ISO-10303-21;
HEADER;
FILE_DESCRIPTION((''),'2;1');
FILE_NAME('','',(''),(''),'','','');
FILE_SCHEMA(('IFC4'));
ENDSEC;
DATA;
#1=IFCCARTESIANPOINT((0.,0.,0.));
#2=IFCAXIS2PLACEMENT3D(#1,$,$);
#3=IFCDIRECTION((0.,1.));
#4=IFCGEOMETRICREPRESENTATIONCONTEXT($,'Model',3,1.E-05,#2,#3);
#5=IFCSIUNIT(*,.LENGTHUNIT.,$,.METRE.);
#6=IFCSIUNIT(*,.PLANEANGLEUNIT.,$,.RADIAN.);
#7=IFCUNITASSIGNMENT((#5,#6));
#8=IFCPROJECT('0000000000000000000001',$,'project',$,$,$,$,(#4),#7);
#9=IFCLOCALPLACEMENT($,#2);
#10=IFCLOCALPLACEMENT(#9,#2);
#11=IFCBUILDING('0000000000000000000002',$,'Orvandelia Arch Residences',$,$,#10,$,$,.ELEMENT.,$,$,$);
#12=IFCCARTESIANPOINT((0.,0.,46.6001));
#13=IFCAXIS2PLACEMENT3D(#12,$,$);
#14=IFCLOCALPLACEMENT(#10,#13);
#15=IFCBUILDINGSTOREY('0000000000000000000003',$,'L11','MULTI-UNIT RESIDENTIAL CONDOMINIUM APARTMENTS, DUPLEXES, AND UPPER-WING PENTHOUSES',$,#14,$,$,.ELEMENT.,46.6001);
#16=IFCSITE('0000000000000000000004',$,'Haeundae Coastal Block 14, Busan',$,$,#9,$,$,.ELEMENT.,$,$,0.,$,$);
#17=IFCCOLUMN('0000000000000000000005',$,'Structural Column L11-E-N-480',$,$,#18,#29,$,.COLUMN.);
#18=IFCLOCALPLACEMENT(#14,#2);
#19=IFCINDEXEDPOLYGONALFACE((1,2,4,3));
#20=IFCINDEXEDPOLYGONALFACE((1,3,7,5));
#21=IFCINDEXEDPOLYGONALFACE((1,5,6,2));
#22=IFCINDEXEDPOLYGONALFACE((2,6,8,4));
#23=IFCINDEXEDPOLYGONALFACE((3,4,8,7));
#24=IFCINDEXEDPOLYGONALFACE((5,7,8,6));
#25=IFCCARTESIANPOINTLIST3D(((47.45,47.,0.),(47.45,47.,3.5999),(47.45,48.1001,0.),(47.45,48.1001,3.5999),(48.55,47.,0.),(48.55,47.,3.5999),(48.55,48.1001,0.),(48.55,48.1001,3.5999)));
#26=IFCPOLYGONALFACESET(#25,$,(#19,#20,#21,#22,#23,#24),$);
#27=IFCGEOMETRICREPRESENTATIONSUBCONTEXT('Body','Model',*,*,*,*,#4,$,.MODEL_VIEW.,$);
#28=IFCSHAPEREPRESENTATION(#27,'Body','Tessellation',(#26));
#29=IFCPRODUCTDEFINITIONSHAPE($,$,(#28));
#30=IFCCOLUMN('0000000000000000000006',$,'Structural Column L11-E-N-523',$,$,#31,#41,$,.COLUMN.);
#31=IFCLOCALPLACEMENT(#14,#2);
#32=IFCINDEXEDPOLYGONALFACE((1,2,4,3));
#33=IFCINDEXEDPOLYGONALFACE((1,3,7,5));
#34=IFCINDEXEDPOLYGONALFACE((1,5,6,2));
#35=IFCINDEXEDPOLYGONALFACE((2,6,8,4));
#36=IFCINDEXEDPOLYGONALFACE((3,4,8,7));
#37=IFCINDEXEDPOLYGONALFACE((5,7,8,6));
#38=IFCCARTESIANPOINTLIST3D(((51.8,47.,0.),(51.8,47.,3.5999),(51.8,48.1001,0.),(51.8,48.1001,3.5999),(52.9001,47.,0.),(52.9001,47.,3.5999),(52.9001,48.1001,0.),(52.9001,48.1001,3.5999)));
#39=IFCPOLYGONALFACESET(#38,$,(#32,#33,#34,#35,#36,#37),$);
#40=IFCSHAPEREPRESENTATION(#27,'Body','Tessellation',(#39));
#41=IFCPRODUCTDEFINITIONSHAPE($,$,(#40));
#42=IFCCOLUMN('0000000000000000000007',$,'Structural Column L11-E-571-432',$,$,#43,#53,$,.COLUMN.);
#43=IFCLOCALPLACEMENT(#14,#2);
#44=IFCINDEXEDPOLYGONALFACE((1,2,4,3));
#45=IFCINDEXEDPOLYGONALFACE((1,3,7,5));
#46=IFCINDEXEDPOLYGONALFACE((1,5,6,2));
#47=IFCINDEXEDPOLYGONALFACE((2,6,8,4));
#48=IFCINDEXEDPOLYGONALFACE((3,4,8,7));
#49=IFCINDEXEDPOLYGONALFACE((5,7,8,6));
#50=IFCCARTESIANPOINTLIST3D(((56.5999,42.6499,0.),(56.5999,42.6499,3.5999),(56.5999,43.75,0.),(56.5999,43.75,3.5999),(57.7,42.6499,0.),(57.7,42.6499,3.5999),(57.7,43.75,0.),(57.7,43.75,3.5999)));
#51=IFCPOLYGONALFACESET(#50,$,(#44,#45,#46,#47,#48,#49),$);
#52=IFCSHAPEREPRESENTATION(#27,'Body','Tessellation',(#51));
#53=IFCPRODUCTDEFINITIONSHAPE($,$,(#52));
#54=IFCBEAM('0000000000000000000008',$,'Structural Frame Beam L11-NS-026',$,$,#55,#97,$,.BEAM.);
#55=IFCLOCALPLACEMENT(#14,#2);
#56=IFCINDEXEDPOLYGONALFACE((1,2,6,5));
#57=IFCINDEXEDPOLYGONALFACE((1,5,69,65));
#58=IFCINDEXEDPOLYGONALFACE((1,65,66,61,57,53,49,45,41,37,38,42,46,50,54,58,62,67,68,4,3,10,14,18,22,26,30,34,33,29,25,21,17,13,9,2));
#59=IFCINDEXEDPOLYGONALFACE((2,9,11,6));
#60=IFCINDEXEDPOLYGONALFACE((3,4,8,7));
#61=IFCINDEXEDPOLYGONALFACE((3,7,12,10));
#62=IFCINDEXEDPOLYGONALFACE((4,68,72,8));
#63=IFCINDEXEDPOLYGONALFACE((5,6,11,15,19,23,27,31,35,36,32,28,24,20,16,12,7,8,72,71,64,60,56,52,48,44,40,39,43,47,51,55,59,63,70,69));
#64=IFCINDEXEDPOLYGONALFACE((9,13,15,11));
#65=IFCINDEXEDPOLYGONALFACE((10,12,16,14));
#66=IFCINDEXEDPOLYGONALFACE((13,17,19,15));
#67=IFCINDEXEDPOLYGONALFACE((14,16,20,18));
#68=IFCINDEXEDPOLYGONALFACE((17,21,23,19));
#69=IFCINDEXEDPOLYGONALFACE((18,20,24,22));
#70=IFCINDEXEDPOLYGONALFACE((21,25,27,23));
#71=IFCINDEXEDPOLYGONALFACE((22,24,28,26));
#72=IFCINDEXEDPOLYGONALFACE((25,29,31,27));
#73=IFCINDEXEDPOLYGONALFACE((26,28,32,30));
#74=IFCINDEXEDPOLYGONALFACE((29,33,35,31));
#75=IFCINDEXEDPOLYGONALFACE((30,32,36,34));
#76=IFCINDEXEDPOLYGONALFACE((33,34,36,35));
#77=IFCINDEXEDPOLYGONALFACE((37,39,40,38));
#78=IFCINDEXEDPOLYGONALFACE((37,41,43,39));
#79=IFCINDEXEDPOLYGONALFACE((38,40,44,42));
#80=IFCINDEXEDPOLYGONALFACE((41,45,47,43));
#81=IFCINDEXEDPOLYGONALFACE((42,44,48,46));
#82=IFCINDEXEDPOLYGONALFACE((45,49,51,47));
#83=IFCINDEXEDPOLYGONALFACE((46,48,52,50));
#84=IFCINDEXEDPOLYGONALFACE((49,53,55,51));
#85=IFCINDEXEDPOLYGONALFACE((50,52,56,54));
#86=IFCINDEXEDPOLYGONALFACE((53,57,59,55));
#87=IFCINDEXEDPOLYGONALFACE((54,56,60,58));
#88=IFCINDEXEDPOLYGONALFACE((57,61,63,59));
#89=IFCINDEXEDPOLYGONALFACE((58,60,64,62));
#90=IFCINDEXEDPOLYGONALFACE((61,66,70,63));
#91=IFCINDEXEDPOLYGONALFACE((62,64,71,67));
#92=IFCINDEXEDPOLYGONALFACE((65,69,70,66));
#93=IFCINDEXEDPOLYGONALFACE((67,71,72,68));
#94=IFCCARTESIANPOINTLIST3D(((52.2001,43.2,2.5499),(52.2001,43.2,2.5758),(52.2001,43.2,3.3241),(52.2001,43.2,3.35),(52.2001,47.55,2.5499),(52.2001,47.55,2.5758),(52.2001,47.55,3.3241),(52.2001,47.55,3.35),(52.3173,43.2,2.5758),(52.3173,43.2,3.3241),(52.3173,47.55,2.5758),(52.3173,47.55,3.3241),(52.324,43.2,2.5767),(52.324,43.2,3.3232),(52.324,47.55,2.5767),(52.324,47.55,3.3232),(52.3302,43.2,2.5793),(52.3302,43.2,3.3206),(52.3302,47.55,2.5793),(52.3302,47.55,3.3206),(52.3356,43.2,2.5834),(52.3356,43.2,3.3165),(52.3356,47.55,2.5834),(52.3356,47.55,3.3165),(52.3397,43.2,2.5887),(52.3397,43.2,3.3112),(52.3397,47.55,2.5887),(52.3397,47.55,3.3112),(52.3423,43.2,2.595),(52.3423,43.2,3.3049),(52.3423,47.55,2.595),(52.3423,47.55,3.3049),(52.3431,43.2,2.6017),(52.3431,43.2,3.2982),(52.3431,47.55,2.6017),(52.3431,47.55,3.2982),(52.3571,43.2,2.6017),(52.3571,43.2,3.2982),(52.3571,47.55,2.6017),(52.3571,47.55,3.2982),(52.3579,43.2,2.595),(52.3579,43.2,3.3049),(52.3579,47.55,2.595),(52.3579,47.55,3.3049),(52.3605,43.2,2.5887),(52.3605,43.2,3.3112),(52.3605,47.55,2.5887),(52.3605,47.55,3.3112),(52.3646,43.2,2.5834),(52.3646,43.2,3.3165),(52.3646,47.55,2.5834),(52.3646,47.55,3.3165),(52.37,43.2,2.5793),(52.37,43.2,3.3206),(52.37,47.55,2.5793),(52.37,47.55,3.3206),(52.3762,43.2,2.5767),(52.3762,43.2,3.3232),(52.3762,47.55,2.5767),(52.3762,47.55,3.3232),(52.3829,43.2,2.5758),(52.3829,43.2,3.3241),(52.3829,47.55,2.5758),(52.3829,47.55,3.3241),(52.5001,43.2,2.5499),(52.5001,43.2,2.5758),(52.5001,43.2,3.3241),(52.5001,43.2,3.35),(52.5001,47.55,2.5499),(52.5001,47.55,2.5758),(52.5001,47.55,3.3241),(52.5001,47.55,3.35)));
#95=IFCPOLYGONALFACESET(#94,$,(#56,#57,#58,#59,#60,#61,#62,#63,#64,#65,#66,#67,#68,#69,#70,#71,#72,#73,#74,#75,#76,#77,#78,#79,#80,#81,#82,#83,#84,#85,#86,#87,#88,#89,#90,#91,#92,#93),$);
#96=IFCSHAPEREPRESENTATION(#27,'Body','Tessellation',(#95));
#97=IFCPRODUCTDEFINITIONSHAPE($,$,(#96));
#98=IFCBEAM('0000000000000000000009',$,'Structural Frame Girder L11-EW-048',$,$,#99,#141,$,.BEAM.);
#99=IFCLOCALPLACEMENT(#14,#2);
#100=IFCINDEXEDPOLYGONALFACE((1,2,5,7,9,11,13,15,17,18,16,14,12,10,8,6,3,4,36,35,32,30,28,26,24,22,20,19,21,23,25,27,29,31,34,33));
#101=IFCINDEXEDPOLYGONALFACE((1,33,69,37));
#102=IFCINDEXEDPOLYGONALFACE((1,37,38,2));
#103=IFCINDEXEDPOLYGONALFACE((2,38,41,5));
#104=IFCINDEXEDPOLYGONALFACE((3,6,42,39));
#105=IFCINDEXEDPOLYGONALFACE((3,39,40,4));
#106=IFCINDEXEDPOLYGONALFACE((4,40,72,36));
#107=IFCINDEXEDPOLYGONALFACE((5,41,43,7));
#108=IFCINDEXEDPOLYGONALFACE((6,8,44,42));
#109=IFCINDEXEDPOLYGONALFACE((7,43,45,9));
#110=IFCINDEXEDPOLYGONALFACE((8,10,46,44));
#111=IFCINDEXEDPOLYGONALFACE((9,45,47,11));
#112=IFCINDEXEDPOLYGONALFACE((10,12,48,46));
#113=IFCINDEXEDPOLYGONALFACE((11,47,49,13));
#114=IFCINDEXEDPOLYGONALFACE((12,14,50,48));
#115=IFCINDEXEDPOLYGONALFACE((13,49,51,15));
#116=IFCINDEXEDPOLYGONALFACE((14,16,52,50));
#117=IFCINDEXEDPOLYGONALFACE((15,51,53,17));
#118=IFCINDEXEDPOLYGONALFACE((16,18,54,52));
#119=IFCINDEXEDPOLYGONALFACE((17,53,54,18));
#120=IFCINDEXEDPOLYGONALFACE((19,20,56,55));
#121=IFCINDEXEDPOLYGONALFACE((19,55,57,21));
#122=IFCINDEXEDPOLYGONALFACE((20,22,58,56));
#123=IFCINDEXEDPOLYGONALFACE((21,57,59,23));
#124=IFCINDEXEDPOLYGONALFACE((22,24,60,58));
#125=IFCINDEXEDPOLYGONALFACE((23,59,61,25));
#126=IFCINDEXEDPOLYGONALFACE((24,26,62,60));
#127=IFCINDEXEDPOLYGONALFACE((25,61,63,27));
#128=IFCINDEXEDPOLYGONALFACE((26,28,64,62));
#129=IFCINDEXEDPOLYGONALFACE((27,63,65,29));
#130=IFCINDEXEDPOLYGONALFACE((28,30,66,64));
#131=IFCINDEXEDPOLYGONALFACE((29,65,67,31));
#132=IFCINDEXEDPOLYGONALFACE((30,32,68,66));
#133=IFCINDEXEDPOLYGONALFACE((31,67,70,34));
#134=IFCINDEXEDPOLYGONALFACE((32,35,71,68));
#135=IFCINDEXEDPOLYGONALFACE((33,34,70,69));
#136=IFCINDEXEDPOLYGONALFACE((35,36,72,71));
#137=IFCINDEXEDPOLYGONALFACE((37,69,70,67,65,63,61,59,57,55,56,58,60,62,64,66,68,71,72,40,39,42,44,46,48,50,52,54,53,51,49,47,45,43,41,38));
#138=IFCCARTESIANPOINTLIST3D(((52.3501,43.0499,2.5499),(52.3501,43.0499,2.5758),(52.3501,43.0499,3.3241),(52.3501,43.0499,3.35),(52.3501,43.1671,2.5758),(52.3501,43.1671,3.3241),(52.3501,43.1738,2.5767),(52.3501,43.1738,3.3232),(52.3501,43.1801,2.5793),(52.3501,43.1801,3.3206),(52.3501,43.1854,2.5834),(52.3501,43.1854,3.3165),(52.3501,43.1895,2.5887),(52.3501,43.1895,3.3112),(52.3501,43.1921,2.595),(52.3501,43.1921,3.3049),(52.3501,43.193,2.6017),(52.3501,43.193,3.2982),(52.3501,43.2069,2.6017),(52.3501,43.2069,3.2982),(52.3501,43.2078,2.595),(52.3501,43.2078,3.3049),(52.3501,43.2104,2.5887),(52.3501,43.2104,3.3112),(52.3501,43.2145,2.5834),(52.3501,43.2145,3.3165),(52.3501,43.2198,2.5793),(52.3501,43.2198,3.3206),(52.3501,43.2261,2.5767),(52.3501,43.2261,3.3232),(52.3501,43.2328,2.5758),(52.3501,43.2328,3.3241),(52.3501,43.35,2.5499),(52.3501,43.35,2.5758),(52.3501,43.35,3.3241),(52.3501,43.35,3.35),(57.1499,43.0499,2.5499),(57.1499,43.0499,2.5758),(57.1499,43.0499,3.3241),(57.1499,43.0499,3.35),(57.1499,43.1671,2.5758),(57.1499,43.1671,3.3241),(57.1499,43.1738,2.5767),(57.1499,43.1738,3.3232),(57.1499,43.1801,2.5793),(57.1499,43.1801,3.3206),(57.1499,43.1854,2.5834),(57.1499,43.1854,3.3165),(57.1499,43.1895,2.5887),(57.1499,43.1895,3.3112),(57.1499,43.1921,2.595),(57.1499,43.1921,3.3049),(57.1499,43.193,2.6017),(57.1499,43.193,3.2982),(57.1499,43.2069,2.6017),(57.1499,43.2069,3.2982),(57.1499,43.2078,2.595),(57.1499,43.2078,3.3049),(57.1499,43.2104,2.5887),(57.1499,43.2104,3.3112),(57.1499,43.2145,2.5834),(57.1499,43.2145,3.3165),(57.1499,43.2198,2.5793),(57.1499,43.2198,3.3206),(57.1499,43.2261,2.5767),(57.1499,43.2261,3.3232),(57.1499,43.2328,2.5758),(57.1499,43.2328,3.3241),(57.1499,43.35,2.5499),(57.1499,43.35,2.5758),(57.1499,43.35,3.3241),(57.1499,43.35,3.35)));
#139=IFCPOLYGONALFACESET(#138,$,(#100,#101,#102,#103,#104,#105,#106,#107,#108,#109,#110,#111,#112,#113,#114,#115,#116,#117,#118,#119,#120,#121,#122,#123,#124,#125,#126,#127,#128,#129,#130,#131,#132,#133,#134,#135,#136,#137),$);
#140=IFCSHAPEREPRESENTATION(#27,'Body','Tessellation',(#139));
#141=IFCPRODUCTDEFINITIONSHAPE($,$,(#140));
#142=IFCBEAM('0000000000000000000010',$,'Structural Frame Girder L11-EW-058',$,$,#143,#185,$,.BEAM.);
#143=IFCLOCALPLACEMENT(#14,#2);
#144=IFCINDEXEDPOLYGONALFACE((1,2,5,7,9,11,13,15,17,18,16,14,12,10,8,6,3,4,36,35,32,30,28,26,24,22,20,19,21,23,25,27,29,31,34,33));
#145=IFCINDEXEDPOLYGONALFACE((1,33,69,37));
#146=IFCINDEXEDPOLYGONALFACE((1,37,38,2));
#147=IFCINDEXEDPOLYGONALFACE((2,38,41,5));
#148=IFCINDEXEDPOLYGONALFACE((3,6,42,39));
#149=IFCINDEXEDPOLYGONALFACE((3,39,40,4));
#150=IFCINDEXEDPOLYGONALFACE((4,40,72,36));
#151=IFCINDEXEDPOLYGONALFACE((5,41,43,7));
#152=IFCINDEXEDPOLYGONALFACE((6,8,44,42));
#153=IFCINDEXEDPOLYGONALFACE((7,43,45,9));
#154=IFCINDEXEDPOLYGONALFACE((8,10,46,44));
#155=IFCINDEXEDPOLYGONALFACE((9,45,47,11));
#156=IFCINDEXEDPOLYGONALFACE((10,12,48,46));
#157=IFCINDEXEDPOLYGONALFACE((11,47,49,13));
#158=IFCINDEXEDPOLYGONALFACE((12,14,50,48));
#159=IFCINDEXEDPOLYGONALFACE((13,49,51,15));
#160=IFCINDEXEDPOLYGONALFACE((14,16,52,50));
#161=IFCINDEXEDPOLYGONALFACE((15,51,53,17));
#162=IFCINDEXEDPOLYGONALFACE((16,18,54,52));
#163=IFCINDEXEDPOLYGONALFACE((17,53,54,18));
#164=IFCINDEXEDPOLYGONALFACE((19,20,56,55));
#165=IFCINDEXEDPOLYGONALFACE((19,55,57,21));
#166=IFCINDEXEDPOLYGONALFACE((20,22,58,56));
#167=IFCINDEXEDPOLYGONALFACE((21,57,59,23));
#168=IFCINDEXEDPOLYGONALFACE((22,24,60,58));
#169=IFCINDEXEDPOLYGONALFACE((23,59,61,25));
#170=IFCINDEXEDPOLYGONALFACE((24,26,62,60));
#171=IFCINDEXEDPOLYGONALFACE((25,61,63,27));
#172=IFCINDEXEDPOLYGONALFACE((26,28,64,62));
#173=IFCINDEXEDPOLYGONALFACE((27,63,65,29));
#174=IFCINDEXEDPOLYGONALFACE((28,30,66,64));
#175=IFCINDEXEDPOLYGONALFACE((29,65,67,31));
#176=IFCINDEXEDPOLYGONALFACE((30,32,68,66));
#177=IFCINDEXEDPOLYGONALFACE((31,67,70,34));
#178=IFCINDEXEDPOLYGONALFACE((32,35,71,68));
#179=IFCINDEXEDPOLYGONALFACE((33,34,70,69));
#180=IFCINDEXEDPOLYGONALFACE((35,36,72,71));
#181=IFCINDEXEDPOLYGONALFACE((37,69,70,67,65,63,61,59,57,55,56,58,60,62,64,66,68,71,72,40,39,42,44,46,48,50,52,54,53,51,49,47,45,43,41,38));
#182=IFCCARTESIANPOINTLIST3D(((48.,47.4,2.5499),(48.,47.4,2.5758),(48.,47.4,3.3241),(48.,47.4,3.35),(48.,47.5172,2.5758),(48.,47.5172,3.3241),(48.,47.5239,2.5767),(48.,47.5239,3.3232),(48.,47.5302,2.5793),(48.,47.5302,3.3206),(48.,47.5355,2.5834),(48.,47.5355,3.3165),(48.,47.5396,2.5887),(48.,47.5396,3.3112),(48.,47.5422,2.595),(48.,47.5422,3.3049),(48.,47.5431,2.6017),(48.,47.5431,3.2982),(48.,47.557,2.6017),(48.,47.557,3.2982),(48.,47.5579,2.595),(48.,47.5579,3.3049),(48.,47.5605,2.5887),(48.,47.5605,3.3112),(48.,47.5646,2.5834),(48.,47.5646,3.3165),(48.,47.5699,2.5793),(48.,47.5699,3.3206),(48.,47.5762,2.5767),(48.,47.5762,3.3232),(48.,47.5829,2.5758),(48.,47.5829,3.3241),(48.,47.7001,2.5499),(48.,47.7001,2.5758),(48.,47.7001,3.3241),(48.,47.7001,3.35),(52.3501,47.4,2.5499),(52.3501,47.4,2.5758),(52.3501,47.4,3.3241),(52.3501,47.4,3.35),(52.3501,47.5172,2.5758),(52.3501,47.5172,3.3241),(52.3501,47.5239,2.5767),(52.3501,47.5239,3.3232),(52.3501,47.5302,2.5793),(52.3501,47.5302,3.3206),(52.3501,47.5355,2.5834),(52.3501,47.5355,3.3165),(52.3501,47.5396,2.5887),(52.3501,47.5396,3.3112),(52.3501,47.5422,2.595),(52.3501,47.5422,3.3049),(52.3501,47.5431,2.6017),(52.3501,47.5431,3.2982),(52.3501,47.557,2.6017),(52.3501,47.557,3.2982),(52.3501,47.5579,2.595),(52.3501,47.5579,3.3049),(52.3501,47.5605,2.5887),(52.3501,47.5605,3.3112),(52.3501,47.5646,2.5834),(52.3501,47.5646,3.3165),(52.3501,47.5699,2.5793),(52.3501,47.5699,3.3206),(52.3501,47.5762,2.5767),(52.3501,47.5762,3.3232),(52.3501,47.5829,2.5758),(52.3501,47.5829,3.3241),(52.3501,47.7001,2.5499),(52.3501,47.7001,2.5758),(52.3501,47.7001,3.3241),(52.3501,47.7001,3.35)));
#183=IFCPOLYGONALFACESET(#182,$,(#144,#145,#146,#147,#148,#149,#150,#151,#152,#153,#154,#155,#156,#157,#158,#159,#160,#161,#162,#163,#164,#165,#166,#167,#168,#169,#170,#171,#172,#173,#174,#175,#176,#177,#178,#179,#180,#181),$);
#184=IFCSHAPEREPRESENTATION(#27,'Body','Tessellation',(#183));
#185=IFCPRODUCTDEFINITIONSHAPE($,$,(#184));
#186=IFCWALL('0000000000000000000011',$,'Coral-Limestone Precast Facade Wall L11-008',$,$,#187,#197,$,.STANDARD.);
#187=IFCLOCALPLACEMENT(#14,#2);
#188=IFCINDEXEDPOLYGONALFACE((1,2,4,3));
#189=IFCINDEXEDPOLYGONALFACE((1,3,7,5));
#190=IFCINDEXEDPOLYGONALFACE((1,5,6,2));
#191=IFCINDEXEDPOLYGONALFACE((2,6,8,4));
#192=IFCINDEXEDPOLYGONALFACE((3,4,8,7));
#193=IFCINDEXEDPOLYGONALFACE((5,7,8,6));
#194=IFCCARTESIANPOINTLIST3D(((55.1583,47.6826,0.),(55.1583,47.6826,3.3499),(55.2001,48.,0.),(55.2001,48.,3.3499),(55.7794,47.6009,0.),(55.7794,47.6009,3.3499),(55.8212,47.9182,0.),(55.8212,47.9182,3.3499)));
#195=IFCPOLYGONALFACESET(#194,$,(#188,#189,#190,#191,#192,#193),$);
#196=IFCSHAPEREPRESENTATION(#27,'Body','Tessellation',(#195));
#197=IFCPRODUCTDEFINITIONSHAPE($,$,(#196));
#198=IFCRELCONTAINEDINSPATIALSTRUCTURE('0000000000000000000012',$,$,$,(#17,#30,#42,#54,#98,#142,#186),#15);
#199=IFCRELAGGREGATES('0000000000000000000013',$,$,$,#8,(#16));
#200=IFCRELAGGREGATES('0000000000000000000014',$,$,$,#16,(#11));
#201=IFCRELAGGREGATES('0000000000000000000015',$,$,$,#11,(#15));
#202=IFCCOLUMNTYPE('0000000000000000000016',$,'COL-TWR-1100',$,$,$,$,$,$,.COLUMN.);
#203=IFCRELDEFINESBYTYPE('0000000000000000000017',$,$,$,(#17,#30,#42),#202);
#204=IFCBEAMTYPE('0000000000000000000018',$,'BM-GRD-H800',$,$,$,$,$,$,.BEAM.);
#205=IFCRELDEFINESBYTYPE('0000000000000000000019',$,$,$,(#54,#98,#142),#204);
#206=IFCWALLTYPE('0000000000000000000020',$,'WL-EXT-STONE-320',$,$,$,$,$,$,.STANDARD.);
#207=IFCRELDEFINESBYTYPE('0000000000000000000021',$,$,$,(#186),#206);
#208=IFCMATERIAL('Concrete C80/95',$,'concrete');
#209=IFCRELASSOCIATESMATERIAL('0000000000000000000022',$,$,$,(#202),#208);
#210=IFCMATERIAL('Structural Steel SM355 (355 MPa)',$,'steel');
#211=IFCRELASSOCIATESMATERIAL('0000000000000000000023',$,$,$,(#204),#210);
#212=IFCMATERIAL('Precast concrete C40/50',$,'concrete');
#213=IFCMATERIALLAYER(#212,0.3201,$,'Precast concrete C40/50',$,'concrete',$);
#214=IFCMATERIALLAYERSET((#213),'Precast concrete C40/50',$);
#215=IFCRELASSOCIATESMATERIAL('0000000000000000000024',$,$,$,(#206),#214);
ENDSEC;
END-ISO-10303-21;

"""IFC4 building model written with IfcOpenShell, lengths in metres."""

from ifc_helpers import new_model, si_unit, direction, frame, frame_2d, origin, origin_2d, place, context, subcontext, project, spatial, rectangle, i_section, extrude, material, layer, layer_set, material_profile, profile_set, type_object, element, save


model = new_model("IFC4")

# Units and contexts
model_context = context("Model", 3, precision=1e-05, world=origin(), true_north=direction((0.0, 1.0)))
body_context = subcontext(model_context, "Body", "Model", "MODEL_VIEW")
ifc_project = project(units=[si_unit("LENGTHUNIT", "METRE"), si_unit("PLANEANGLEUNIT", "RADIAN")], contexts=[model_context])

# Site, building, storey
site_placement = place(None, origin())
site = spatial("IfcSite", under=ifc_project, at=site_placement, Name="Haeundae Coastal Block 14, Busan", CompositionType="ELEMENT", RefElevation=0.0)
building_placement = place(site_placement, origin())
building = spatial("IfcBuilding", under=site, at=building_placement, Name="Orvandelia Arch Residences", CompositionType="ELEMENT")
storey_placement = place(building_placement, frame((0.0, 0.0, 46.6001)))
storey = spatial("IfcBuildingStorey", under=building, at=storey_placement, Name="L11", Description="MULTI-UNIT RESIDENTIAL CONDOMINIUM APARTMENTS, DUPLEXES, AND UPPER-WING PENTHOUSES", CompositionType="ELEMENT", Elevation=46.6001)

# Columns
ifc_material_1 = material(Name="Concrete C80/95", Category="concrete")
ifc_material_profile_1 = material_profile(ifc_material_1, rectangle(XDim=1.1001, YDim=1.1001, at=origin_2d()), Name="Concrete C80/95", Category="concrete")
ifc_profile_set_1 = profile_set([ifc_material_profile_1], Name="Concrete C80/95")
column_type = type_object("IfcColumnType", Name="COL-TWR-1100", PredefinedType="COLUMN", material=ifc_profile_set_1)
for number, where, z_axis, x_axis, name in (
    (1, (48.0, 47.55, 0.0), (0.0, 0.0, 1.0), (1.0, 0.0, 0.0), "Structural Column L11-E-N-480"),
    (2, (52.3501, 47.55, 0.0), (0.0, 0.0, 1.0), (1.0, 0.0, 0.0), "Structural Column L11-E-N-523"),
    (3, (57.1499, 43.2, 0.0), (0.0, 0.0, 1.0), (1.0, 0.0, 0.0), "Structural Column L11-E-571-432"),
):
    element("IfcColumn", number, at=place(storey_placement, frame(where, z_axis=z_axis, x_axis=x_axis)), inside=storey, type_object=column_type, Name=name, PredefinedType="COLUMN", context=body_context, shape_type="SweptSolid", body=[
        extrude(rectangle(XDim=1.1001, YDim=1.1001, at=origin_2d()), origin(), (0.0, 0.0, 1.0), 3.5999),
    ])

# Beams
ifc_material_2 = material(Name="Structural Steel SM355 (355 MPa)", Category="steel")
ifc_material_profile_2 = material_profile(ifc_material_2, i_section(OverallWidth=0.3, OverallDepth=0.8, WebThickness=0.0139, FlangeThickness=0.0259, FilletRadius=0.0259, at=origin_2d()), Name="Structural Steel SM355 (355 MPa)", Category="steel")
ifc_profile_set_2 = profile_set([ifc_material_profile_2], Name="Structural Steel SM355 (355 MPa)")
beam_type = type_object("IfcBeamType", Name="BM-GRD-H800", PredefinedType="BEAM", material=ifc_profile_set_2)
beam_1_placement = place(storey_placement, frame((52.3501, 43.2, 2.95), z_axis=(0.0, 1.0, 0.0), x_axis=(-1.0, 0.0, 0.0)))
element("IfcBeam", 4, at=beam_1_placement, inside=storey, type_object=beam_type, Name="Structural Frame Beam L11-NS-026", PredefinedType="BEAM", context=body_context, shape_type="SweptSolid", body=[
    extrude(i_section(OverallWidth=0.3, OverallDepth=0.8, WebThickness=0.0139, FlangeThickness=0.0259, FilletRadius=0.0259, at=origin_2d()), origin(), (0.0, 0.0, 1.0), 4.3501),
])
beam_2_placement = place(storey_placement, frame((52.3501, 43.2, 2.95), z_axis=(1.0, 0.0, 0.0), x_axis=(0.0, 1.0, 0.0)))
element("IfcBeam", 5, at=beam_2_placement, inside=storey, type_object=beam_type, Name="Structural Frame Girder L11-EW-048", PredefinedType="BEAM", context=body_context, shape_type="SweptSolid", body=[
    extrude(i_section(OverallWidth=0.3, OverallDepth=0.8, WebThickness=0.0139, FlangeThickness=0.0259, FilletRadius=0.0259, at=origin_2d()), origin(), (0.0, 0.0, 1.0), 4.7998),
])
beam_3_placement = place(storey_placement, frame((48.0, 47.55, 2.95), z_axis=(1.0, 0.0, 0.0), x_axis=(0.0, 1.0, 0.0)))
element("IfcBeam", 6, at=beam_3_placement, inside=storey, type_object=beam_type, Name="Structural Frame Girder L11-EW-058", PredefinedType="BEAM", context=body_context, shape_type="SweptSolid", body=[
    extrude(i_section(OverallWidth=0.3, OverallDepth=0.8, WebThickness=0.0139, FlangeThickness=0.0259, FilletRadius=0.0259, at=origin_2d()), origin(), (0.0, 0.0, 1.0), 4.3501),
])

# Wall
ifc_material_3 = material(Name="Precast concrete C40/50", Category="concrete")
ifc_layer_1 = layer(ifc_material_3, 0.3201, Name="Precast concrete C40/50", Category="concrete")
ifc_layer_set_1 = layer_set([ifc_layer_1], Name="Precast concrete C40/50")
wall_type_1 = type_object("IfcWallType", Name="WL-EXT-STONE-320", PredefinedType="STANDARD", material=ifc_layer_set_1)
for number, where, z_axis, x_axis, name in (
    (7, (55.1792, 47.8413, 0.0), (0.0, 0.0, 1.0), (0.991441, -0.130555, 0.0), "Coral-Limestone Precast Facade Wall L11-008"),
):
    element("IfcWall", number, at=place(storey_placement, frame(where, z_axis=z_axis, x_axis=x_axis)), inside=storey, type_object=wall_type_1, Name=name, PredefinedType="STANDARD", context=body_context, shape_type="SweptSolid", body=[
        extrude(rectangle(XDim=0.6265, YDim=0.3201, at=frame_2d((0.3132, 0.0))), origin(), (0.0, 0.0, 1.0), 3.3499),
    ])

save(model, "model.ifc")
